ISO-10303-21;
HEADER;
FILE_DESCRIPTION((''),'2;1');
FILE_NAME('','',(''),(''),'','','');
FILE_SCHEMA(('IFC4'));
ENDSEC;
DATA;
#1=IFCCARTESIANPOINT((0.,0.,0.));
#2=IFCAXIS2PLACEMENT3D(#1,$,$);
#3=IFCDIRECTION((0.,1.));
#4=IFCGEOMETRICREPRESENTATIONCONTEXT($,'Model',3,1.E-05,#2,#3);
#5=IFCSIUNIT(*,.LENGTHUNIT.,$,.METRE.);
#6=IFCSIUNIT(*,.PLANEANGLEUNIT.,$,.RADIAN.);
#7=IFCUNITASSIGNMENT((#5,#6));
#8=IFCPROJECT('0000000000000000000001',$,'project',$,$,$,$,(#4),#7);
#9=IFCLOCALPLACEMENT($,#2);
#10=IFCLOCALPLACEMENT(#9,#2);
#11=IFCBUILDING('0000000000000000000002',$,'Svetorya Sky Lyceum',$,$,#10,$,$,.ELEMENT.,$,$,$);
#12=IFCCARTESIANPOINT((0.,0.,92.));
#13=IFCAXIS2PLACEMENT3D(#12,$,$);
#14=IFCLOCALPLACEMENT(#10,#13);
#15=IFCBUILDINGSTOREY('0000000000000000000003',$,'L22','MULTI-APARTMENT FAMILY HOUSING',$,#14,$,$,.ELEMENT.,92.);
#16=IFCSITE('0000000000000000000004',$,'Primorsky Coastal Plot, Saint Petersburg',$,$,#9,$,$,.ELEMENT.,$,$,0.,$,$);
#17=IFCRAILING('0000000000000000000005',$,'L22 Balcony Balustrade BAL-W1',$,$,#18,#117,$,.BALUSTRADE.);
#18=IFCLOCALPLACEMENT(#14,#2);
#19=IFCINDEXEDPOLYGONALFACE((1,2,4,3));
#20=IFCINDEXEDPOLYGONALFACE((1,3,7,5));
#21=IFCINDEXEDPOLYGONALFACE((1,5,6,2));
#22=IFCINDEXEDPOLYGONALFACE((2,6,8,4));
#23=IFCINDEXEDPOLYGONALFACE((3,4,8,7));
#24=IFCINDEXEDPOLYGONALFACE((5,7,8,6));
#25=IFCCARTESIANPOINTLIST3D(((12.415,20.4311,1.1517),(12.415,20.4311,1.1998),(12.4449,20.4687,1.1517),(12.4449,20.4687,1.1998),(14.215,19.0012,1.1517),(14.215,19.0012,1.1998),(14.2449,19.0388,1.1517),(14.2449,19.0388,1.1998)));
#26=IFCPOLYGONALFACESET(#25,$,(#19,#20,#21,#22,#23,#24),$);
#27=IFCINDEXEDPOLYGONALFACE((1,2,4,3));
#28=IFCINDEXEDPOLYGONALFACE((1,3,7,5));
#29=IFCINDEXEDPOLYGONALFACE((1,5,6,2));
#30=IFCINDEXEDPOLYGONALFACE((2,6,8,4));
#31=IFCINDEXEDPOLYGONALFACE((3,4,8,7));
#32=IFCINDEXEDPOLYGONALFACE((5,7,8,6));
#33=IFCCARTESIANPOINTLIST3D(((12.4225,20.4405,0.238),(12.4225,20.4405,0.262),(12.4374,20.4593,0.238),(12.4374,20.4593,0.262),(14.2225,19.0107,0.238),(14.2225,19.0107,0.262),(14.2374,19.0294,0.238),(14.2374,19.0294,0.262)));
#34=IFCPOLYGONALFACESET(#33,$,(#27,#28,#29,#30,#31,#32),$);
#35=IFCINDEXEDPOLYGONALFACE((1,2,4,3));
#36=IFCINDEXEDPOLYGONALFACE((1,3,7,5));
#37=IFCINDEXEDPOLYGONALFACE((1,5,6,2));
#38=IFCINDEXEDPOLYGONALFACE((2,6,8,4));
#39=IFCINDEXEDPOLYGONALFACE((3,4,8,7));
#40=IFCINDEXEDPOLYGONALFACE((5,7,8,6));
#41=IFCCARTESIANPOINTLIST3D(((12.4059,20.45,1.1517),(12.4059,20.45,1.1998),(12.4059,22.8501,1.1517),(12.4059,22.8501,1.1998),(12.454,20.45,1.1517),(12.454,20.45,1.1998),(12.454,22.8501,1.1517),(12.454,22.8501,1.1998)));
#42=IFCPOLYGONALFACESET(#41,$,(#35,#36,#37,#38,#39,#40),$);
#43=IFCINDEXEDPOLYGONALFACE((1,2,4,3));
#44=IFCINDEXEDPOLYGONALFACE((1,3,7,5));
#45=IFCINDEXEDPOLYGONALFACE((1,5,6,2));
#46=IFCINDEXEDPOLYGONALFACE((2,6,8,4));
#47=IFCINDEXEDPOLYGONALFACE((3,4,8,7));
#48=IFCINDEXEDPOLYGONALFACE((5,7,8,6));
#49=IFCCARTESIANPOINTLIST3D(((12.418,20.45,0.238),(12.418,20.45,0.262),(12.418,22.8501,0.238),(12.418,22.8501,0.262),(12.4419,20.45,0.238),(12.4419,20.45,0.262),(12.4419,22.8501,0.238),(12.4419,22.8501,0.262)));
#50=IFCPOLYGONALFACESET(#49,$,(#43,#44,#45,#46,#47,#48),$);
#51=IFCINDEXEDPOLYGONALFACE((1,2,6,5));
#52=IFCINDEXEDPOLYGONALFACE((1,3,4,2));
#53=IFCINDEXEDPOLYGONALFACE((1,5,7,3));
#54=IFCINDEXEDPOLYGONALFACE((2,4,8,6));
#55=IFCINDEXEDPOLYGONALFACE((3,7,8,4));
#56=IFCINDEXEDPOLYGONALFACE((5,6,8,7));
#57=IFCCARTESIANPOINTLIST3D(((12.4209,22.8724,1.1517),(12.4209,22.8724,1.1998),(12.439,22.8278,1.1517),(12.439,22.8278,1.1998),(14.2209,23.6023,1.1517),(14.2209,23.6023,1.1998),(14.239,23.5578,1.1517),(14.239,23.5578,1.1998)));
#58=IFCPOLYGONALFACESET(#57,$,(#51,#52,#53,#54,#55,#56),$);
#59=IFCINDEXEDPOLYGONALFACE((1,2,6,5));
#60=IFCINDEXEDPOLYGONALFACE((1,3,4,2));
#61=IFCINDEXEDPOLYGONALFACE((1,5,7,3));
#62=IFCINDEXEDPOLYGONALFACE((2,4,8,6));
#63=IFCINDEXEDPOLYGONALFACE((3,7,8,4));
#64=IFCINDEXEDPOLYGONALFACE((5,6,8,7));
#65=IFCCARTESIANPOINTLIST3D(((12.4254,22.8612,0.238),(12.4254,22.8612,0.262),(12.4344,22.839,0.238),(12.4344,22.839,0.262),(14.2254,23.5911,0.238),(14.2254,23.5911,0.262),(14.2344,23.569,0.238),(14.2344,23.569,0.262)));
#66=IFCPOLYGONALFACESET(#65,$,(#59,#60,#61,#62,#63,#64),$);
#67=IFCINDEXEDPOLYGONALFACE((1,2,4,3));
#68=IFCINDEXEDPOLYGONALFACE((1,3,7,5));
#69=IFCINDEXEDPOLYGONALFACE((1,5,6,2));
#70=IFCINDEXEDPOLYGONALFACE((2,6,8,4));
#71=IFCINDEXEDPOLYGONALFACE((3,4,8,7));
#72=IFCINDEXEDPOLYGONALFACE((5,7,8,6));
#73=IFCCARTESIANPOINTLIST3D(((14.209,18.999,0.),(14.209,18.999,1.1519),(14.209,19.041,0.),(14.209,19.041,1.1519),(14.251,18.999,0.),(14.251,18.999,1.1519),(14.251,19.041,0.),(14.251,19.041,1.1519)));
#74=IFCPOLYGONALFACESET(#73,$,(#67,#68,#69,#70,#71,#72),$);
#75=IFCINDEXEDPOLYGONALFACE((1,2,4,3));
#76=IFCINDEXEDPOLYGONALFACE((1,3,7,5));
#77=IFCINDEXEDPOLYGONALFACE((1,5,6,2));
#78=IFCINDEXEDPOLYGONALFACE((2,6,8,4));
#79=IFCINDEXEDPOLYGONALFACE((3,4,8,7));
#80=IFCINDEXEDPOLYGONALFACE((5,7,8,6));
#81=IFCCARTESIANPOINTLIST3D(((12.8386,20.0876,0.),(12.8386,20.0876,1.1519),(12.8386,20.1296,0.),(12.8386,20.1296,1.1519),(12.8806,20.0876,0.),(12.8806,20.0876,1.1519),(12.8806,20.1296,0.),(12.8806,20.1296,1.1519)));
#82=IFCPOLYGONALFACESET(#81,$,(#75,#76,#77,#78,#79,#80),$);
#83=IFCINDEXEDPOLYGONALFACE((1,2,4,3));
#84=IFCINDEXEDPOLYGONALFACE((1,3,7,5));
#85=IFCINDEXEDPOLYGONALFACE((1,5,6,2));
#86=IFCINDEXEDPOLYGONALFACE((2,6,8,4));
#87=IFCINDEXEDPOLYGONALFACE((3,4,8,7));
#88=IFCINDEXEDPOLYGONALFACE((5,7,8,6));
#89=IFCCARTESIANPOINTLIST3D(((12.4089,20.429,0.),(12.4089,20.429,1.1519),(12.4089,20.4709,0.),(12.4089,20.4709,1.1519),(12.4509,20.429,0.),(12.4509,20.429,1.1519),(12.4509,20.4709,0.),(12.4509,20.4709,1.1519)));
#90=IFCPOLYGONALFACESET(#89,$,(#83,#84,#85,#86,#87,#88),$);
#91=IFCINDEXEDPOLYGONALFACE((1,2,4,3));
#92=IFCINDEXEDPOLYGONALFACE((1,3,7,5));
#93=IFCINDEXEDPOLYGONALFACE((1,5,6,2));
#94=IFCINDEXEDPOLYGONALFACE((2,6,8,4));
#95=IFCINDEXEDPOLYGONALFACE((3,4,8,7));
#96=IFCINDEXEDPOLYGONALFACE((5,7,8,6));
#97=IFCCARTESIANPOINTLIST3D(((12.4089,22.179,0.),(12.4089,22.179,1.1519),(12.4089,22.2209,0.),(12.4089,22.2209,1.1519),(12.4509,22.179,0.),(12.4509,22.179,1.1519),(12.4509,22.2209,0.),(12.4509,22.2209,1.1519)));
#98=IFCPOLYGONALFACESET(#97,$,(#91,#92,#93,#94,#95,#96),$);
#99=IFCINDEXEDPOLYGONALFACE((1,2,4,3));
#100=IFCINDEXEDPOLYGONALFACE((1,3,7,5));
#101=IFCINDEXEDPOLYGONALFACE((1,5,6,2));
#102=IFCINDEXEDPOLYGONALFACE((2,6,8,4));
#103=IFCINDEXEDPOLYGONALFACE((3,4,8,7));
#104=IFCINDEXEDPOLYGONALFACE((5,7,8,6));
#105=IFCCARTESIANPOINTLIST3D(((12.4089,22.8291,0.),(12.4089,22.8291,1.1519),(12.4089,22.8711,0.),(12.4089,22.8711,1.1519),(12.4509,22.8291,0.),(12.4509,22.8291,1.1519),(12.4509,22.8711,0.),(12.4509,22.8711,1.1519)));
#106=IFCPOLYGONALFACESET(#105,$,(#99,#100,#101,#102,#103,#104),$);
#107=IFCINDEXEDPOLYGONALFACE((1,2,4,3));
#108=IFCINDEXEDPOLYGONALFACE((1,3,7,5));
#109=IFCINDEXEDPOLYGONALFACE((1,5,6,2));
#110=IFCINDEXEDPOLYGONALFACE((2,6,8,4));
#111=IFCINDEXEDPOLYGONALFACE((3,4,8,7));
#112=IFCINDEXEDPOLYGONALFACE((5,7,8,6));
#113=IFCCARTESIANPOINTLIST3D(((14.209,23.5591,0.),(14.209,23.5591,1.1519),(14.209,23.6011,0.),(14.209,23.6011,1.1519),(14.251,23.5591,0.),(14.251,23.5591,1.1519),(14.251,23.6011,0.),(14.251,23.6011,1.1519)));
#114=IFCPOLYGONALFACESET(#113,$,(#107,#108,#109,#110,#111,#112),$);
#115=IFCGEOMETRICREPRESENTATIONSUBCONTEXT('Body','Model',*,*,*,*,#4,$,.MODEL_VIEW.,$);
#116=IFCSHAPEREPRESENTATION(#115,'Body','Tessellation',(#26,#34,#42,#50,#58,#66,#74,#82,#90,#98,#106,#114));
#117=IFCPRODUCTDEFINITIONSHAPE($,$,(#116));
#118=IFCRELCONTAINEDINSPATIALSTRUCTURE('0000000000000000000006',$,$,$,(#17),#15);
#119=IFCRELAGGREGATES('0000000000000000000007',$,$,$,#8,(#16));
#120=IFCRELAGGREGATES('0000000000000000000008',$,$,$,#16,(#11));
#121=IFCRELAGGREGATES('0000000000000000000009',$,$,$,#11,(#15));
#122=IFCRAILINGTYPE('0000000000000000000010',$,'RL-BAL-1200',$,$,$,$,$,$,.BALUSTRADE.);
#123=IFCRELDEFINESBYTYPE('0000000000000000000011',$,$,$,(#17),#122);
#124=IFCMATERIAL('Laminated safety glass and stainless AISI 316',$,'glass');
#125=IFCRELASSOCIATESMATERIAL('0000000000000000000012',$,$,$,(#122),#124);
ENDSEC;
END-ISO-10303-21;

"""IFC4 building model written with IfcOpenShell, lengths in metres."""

from ifc_helpers import new_model, si_unit, direction, frame, origin, origin_2d, place, context, subcontext, project, spatial, rectangle, extrude, material, type_object, element, save


model = new_model("IFC4")

# Units and contexts
model_context = context("Model", 3, precision=1e-05, world=origin(), true_north=direction((0.0, 1.0)))
body_context = subcontext(model_context, "Body", "Model", "MODEL_VIEW")
ifc_project = project(units=[si_unit("LENGTHUNIT", "METRE"), si_unit("PLANEANGLEUNIT", "RADIAN")], contexts=[model_context])

# Site, building, storey
site_placement = place(None, origin())
site = spatial("IfcSite", under=ifc_project, at=site_placement, Name="Primorsky Coastal Plot, Saint Petersburg", CompositionType="ELEMENT", RefElevation=0.0)
building_placement = place(site_placement, origin())
building = spatial("IfcBuilding", under=site, at=building_placement, Name="Svetorya Sky Lyceum", CompositionType="ELEMENT")
storey_placement = place(building_placement, frame((0.0, 0.0, 92.0)))
storey = spatial("IfcBuildingStorey", under=building, at=storey_placement, Name="L22", Description="MULTI-APARTMENT FAMILY HOUSING", CompositionType="ELEMENT", Elevation=92.0)

# Railing
ifc_material_1 = material(Name="Laminated safety glass and stainless AISI 316", Category="glass")
railing_type = type_object("IfcRailingType", Name="RL-BAL-1200", PredefinedType="BALUSTRADE", material=ifc_material_1)
railing_placement = place(storey_placement, frame((14.23, 19.02, 0.0)))
element("IfcRailing", 1, at=railing_placement, inside=storey, type_object=railing_type, Name="L22 Balcony Balustrade BAL-W1", PredefinedType="BALUSTRADE", context=body_context, shape_type="SweptSolid", body=[
    extrude(rectangle(XDim=0.0481, YDim=0.0481, at=origin_2d()), frame((0.0, 0.0, 1.1758), z_axis=(-0.783009, 0.62201, 0.0), x_axis=(-0.62201, -0.783009, 0.0)), (0.0, 0.0, 1.0), 2.2988),
    extrude(rectangle(XDim=0.0239, YDim=0.0239, at=origin_2d()), frame((0.0, 0.0, 0.25), z_axis=(-0.783009, 0.62201, 0.0), x_axis=(-0.62201, -0.783009, 0.0)), (0.0, 0.0, 1.0), 2.2988),
    extrude(rectangle(XDim=0.0481, YDim=0.0481, at=origin_2d()), frame((-1.8, 1.4299, 1.1758), z_axis=(0.0, 1.0, 0.0), x_axis=(-1.0, 0.0, 0.0)), (0.0, 0.0, 1.0), 2.4001),
    extrude(rectangle(XDim=0.0239, YDim=0.0239, at=origin_2d()), frame((-1.8, 1.4299, 0.25), z_axis=(0.0, 1.0, 0.0), x_axis=(-1.0, 0.0, 0.0)), (0.0, 0.0, 1.0), 2.4001),
    extrude(rectangle(XDim=0.0481, YDim=0.0481, at=origin_2d()), frame((-1.8, 3.8301, 1.1758), z_axis=(0.926698, 0.375807, 0.0), x_axis=(-0.375807, 0.926698, 0.0)), (0.0, 0.0, 1.0), 1.9424),
    extrude(rectangle(XDim=0.0239, YDim=0.0239, at=origin_2d()), frame((-1.8, 3.8301, 0.25), z_axis=(0.926698, 0.375807, 0.0), x_axis=(-0.375807, 0.926698, 0.0)), (0.0, 0.0, 1.0), 1.9424),
    extrude(rectangle(XDim=0.042, YDim=0.042, at=origin_2d()), origin(), (0.0, 0.0, 1.0), 1.1519),
    extrude(rectangle(XDim=0.042, YDim=0.042, at=origin_2d()), frame((-1.3704, 1.0886, 0.0)), (0.0, 0.0, 1.0), 1.1519),
    extrude(rectangle(XDim=0.042, YDim=0.042, at=origin_2d()), frame((-1.8, 1.4299, 0.0)), (0.0, 0.0, 1.0), 1.1519),
    extrude(rectangle(XDim=0.042, YDim=0.042, at=origin_2d()), frame((-1.8, 3.1799, 0.0)), (0.0, 0.0, 1.0), 1.1519),
    extrude(rectangle(XDim=0.042, YDim=0.042, at=origin_2d()), frame((-1.8, 3.8301, 0.0)), (0.0, 0.0, 1.0), 1.1519),
    extrude(rectangle(XDim=0.042, YDim=0.042, at=origin_2d()), frame((0.0, 4.5601, 0.0)), (0.0, 0.0, 1.0), 1.1519),
])

save(model, "model.ifc")
